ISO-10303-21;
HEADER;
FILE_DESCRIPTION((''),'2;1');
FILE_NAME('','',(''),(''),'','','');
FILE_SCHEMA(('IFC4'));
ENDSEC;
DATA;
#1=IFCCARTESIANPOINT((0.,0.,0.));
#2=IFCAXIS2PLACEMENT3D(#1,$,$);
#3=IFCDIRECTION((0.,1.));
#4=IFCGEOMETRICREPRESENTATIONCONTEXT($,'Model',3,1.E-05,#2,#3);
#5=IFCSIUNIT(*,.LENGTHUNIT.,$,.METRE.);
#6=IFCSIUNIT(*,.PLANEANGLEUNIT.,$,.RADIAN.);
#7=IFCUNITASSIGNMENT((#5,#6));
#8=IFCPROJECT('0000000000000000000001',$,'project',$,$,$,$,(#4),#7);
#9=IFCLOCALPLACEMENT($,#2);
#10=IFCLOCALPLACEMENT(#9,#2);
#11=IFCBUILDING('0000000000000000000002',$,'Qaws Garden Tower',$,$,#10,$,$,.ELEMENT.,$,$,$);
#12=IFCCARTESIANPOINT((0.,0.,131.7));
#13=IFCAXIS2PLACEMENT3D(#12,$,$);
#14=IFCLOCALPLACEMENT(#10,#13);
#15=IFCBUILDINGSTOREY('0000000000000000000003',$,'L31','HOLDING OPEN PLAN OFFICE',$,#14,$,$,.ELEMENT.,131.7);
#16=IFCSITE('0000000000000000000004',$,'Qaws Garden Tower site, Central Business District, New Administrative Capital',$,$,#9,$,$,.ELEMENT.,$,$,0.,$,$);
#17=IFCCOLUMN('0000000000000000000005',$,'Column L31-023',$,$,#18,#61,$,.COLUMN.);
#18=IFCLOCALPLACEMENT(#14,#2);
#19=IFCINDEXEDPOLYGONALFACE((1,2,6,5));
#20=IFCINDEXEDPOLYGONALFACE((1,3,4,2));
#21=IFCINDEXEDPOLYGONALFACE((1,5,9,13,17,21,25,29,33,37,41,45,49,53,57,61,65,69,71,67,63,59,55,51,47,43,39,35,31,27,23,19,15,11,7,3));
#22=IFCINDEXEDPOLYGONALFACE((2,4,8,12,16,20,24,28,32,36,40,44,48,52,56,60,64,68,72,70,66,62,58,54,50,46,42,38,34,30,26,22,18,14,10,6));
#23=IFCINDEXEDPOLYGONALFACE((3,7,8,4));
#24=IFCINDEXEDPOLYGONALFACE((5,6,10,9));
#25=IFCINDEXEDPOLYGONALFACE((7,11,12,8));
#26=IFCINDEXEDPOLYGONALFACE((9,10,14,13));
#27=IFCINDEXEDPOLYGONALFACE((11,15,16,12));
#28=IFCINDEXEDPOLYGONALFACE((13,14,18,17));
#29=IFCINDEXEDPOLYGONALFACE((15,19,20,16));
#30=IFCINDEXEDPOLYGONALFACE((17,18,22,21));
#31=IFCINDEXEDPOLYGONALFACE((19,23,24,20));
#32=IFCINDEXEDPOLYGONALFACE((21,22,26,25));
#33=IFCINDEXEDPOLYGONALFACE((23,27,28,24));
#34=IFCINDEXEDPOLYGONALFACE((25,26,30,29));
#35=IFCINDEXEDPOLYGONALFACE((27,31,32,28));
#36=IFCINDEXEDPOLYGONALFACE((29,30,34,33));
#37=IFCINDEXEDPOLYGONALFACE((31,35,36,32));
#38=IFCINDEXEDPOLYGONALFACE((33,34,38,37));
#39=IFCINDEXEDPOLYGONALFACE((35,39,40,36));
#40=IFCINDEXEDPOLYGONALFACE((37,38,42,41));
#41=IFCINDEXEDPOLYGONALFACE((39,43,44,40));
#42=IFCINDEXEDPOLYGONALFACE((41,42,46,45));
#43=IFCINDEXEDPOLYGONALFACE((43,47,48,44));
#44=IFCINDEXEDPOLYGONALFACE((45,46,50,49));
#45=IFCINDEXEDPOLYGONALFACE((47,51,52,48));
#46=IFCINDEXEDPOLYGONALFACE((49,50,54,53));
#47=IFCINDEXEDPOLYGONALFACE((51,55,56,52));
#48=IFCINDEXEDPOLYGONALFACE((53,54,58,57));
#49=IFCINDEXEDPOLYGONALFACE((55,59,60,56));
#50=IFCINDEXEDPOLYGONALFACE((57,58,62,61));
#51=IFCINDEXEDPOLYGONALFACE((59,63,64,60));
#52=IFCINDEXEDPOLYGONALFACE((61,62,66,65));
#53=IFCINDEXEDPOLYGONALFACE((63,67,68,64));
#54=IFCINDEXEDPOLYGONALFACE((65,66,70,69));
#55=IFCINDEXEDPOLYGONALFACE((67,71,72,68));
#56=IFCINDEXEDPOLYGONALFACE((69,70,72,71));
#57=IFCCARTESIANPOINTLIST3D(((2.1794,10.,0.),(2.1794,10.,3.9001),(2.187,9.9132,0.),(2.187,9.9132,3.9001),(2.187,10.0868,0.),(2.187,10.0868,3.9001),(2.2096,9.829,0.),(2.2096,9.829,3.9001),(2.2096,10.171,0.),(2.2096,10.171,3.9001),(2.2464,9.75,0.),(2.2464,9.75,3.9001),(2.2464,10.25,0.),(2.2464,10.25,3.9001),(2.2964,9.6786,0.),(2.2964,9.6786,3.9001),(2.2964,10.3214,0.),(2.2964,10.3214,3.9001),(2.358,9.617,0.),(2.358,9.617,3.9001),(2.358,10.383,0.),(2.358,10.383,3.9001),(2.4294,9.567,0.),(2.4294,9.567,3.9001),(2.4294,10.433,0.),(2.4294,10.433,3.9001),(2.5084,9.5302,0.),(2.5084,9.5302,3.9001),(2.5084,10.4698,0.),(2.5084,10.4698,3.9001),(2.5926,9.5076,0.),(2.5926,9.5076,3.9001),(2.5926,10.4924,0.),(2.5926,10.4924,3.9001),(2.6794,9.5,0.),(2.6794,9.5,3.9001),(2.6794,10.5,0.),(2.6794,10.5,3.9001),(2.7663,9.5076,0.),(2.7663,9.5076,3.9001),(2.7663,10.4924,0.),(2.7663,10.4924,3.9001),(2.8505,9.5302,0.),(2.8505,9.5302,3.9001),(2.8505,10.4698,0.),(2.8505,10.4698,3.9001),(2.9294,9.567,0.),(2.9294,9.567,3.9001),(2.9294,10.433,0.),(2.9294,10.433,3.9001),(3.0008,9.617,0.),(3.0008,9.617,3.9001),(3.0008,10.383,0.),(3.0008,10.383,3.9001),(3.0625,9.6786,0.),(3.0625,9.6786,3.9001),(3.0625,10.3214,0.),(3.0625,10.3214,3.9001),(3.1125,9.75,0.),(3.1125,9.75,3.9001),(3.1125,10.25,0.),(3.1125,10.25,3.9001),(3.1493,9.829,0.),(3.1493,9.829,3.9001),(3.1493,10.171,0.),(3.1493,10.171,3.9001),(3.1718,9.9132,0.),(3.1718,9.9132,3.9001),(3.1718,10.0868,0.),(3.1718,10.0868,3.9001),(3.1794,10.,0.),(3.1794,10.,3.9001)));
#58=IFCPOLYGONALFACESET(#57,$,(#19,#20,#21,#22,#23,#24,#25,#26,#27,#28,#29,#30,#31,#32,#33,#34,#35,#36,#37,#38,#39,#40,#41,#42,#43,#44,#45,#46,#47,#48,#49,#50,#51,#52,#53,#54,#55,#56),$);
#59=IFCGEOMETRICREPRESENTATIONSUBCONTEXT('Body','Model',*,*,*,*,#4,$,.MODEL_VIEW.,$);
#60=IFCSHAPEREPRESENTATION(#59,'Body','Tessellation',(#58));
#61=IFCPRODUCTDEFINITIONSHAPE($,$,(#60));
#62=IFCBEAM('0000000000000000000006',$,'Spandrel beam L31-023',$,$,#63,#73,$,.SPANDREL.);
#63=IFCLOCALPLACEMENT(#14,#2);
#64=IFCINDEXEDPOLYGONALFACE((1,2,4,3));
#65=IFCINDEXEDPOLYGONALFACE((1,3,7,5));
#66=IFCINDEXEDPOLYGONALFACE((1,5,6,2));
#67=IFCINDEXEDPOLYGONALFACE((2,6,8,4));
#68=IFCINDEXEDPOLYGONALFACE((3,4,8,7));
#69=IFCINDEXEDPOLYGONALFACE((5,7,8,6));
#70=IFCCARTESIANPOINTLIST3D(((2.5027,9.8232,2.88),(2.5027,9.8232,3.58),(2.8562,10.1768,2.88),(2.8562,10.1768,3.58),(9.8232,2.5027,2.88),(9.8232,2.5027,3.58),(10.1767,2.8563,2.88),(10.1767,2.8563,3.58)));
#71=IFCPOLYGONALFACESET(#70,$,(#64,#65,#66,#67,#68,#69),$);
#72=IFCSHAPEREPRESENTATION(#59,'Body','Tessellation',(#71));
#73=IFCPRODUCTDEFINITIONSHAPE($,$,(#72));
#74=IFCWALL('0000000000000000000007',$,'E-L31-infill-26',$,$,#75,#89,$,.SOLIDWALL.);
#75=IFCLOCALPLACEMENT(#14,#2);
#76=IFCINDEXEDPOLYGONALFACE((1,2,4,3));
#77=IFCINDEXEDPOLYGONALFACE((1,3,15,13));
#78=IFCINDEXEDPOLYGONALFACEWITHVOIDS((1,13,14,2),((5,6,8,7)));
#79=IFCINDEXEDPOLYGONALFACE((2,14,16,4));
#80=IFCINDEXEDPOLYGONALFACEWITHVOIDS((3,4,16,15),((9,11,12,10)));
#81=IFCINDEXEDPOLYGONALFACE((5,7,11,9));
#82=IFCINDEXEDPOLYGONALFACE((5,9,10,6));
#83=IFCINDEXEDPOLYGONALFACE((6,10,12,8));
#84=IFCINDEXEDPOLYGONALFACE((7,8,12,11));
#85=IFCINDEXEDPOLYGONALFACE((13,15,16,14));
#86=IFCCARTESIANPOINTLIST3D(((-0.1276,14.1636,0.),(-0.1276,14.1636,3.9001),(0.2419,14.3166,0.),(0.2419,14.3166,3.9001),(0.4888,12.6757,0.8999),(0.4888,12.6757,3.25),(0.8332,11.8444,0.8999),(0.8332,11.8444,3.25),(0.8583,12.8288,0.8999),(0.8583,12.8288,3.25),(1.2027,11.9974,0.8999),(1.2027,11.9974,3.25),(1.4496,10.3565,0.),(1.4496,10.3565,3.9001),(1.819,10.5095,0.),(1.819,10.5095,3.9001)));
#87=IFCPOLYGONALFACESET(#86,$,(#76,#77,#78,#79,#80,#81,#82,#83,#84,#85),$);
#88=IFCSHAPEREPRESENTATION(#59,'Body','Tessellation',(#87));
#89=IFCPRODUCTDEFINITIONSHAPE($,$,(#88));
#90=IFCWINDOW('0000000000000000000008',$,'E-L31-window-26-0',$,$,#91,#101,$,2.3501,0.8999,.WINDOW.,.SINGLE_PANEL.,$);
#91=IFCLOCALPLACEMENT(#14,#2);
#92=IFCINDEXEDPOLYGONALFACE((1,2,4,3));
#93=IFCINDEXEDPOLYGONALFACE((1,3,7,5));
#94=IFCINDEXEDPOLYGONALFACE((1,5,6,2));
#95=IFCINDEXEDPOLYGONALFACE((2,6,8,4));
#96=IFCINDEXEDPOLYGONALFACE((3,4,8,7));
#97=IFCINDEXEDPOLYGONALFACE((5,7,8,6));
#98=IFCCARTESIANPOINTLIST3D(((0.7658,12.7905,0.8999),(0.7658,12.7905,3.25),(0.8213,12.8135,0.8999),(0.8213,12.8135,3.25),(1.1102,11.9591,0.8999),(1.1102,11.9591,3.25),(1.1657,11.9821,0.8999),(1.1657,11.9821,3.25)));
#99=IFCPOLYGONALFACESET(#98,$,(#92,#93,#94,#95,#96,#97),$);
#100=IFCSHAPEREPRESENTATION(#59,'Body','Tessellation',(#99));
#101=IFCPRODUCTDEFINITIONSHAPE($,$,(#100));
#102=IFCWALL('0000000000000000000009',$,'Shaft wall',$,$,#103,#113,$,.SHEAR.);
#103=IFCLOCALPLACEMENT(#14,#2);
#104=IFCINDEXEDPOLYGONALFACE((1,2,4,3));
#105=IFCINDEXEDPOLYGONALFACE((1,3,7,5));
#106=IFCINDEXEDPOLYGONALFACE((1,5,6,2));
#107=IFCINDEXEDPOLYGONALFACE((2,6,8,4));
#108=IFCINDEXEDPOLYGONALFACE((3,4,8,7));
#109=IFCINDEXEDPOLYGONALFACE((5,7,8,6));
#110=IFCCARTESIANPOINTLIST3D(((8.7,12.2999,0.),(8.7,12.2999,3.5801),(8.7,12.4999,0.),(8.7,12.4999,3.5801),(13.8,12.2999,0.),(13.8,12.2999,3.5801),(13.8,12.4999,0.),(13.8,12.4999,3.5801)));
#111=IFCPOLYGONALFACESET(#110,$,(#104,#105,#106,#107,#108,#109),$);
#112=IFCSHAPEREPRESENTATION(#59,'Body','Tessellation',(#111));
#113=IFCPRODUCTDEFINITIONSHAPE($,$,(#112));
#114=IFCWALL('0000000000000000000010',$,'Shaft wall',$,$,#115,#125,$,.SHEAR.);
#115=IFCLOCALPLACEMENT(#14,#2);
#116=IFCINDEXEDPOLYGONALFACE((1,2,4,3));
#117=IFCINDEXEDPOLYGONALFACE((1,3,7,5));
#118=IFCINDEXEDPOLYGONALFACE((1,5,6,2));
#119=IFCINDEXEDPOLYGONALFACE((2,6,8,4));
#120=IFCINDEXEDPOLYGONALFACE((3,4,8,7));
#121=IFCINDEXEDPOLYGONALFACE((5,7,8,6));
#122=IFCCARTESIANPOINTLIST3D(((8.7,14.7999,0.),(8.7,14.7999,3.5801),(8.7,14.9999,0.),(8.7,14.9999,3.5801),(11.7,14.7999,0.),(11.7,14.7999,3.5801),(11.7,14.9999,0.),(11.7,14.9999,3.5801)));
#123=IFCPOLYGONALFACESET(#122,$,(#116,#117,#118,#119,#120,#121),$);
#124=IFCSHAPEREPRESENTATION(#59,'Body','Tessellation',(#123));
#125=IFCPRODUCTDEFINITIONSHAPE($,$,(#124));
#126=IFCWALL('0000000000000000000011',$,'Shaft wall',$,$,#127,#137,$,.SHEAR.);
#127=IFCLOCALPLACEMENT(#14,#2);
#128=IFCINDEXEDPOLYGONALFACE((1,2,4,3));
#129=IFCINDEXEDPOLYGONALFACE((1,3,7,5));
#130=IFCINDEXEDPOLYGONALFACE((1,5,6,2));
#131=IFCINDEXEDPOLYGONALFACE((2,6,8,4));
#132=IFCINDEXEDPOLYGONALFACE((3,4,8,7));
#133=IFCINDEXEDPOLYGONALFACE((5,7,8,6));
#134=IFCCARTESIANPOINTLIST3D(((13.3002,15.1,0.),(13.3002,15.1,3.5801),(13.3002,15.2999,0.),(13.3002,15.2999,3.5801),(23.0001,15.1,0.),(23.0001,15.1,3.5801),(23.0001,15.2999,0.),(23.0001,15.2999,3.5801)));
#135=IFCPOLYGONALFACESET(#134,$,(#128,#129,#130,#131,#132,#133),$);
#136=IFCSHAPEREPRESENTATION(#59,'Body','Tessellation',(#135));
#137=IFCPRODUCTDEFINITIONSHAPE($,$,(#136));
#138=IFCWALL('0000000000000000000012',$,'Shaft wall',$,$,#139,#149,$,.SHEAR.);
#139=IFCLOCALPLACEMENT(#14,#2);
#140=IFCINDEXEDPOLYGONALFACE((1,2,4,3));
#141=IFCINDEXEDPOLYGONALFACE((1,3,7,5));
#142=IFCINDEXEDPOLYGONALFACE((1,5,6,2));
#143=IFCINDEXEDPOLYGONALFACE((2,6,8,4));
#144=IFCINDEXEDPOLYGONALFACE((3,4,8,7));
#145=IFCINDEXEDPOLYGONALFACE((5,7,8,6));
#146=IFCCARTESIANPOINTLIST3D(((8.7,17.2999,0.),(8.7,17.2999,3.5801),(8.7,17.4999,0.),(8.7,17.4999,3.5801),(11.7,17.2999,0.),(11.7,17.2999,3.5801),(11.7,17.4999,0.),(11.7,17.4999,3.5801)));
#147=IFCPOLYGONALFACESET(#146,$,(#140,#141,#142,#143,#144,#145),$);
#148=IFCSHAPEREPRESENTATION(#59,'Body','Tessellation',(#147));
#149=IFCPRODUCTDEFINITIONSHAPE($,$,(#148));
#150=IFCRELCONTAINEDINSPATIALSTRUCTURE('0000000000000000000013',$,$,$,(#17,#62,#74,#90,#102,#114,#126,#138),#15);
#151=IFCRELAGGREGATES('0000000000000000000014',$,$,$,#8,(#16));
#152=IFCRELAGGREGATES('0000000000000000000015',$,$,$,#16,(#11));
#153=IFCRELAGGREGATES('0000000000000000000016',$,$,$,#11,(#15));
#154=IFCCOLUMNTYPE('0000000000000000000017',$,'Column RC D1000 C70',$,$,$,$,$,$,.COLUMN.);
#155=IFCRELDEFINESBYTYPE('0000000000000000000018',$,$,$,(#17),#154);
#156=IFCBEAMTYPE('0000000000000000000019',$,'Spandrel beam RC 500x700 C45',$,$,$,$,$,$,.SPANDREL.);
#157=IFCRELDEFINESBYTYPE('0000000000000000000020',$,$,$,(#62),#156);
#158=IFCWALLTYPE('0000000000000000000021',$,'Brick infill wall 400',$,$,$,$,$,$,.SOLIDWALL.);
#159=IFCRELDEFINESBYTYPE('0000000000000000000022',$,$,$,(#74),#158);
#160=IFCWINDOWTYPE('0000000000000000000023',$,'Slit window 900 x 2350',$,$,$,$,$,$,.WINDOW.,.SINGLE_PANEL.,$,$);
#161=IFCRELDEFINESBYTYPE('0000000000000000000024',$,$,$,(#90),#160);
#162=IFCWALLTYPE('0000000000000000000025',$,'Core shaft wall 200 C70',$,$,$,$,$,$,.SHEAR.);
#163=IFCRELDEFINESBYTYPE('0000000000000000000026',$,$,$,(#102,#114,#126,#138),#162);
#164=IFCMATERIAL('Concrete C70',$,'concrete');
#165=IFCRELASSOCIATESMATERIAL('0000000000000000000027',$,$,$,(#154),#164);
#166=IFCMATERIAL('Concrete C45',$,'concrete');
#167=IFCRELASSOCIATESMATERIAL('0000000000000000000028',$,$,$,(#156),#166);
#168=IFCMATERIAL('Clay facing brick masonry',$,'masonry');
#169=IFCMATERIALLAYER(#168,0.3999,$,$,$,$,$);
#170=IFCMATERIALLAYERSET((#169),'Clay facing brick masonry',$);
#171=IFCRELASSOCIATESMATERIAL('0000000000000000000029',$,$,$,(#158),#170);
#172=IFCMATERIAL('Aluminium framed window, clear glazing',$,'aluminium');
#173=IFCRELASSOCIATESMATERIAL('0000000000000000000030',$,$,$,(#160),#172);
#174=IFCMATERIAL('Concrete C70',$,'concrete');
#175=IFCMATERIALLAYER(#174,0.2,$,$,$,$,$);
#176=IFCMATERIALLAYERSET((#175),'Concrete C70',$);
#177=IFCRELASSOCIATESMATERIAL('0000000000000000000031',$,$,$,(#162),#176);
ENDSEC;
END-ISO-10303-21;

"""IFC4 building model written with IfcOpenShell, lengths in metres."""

from ifc_helpers import new_model, si_unit, direction, frame, frame_2d, origin, origin_2d, place, context, subcontext, project, spatial, rectangle, circle, extrude, material, layer, layer_set, material_profile, profile_set, type_object, element, fill, save


model = new_model("IFC4")

# Units and contexts
model_context = context("Model", 3, precision=1e-05, world=origin(), true_north=direction((0.0, 1.0)))
body_context = subcontext(model_context, "Body", "Model", "MODEL_VIEW")
ifc_project = project(units=[si_unit("LENGTHUNIT", "METRE"), si_unit("PLANEANGLEUNIT", "RADIAN")], contexts=[model_context])

# Site, building, storey
site_placement = place(None, origin())
site = spatial("IfcSite", under=ifc_project, at=site_placement, Name="Qaws Garden Tower site, Central Business District, New Administrative Capital", CompositionType="ELEMENT", RefElevation=0.0)
building_placement = place(site_placement, origin())
building = spatial("IfcBuilding", under=site, at=building_placement, Name="Qaws Garden Tower", CompositionType="ELEMENT")
storey_placement = place(building_placement, frame((0.0, 0.0, 131.7)))
storey = spatial("IfcBuildingStorey", under=building, at=storey_placement, Name="L31", Description="HOLDING OPEN PLAN OFFICE", CompositionType="ELEMENT", Elevation=131.7)

# Column
ifc_material_1 = material(Name="Concrete C70", Category="concrete")
ifc_material_profile_1 = material_profile(ifc_material_1, circle(Radius=0.5, at=origin_2d()), Name="RC D1000")
ifc_profile_set_1 = profile_set([ifc_material_profile_1], Name="Concrete C70")
column_type = type_object("IfcColumnType", Name="Column RC D1000 C70", PredefinedType="COLUMN", material=ifc_profile_set_1)
column_placement = place(storey_placement, frame((2.6794, 10.0, 0.0), z_axis=(0.0, 0.0, 1.0), x_axis=(1.0, 0.0, 0.0)))
element("IfcColumn", 1, at=column_placement, inside=storey, type_object=column_type, Name="Column L31-023", PredefinedType="COLUMN", context=body_context, shape_type="SweptSolid", body=[
    extrude(circle(Radius=0.5, at=origin_2d()), origin(), (0.0, 0.0, 1.0), 3.9001),
])

# Beam
ifc_material_2 = material(Name="Concrete C45", Category="concrete")
ifc_material_profile_2 = material_profile(ifc_material_2, rectangle(XDim=0.5, YDim=0.7, at=origin_2d()), Name="RC 500x700")
ifc_profile_set_2 = profile_set([ifc_material_profile_2], Name="Concrete C45")
beam_type = type_object("IfcBeamType", Name="Spandrel beam RC 500x700 C45", PredefinedType="SPANDREL", material=ifc_profile_set_2)
beam_placement = place(storey_placement, frame((2.6794, 10.0, 3.23), z_axis=(0.707107, -0.707107, 0.0), x_axis=(0.707107, 0.707107, 0.0)))
element("IfcBeam", 2, at=beam_placement, inside=storey, type_object=beam_type, Name="Spandrel beam L31-023", PredefinedType="SPANDREL", context=body_context, shape_type="SweptSolid", body=[
    extrude(rectangle(XDim=0.5, YDim=0.7, at=origin_2d()), origin(), (0.0, 0.0, 1.0), 10.3528),
])

# Wall, opening, window
ifc_material_3 = material(Name="Clay facing brick masonry", Category="masonry")
ifc_layer_1 = layer(ifc_material_3, 0.3999)
ifc_layer_set_1 = layer_set([ifc_layer_1], Name="Clay facing brick masonry")
wall_type_1 = type_object("IfcWallType", Name="Brick infill wall 400", PredefinedType="SOLIDWALL", material=ifc_layer_set_1)
wall_1_placement = place(storey_placement, frame((0.0571, 14.2402, 0.0), z_axis=(0.0, 0.0, 1.0), x_axis=(0.382722, -0.923864, 0.0)))
wall_1 = element("IfcWall", 3, at=wall_1_placement, inside=storey, type_object=wall_type_1, Name="E-L31-infill-26", PredefinedType="SOLIDWALL", context=body_context, shape_type="SweptSolid", body=[
    extrude(rectangle(XDim=4.1208, YDim=0.3999, at=frame_2d((2.0605, 0.0))), origin(), (0.0, 0.0, 1.0), 3.9001),
])
opening_1_placement = place(wall_1_placement, frame((1.6106, 0.0, 0.8999)))
opening_1 = element("IfcOpeningElement", 4, at=opening_1_placement, cuts=wall_1, PredefinedType="OPENING", context=body_context, shape_type="SweptSolid", body=[
    extrude(rectangle(XDim=0.8999, YDim=2.3501, at=frame_2d((0.45, 1.175))), frame((0.0, 0.21, 0.0), z_axis=(0.0, -1.0, 0.0), x_axis=(1.0, 0.0, 0.0)), (0.0, 0.0, 1.0), 0.4199),
])
ifc_material_4 = material(Name="Aluminium framed window, clear glazing", Category="aluminium")
window_type = type_object("IfcWindowType", Name="Slit window 900 x 2350", PartitioningType="SINGLE_PANEL", PredefinedType="WINDOW", material=ifc_material_4)
window_placement = place(opening_1_placement, origin())
window = element("IfcWindow", 5, at=window_placement, inside=storey, type_object=window_type, Name="E-L31-window-26-0", OverallHeight=2.3501, OverallWidth=0.8999, PartitioningType="SINGLE_PANEL", PredefinedType="WINDOW", context=body_context, shape_type="SweptSolid", body=[
    extrude(rectangle(XDim=0.8999, YDim=2.3501, at=frame_2d((0.45, 1.175))), frame((0.0, 0.1599, 0.0), z_axis=(0.0, -1.0, 0.0), x_axis=(1.0, 0.0, 0.0)), (0.0, 0.0, 1.0), 0.0601),
])
fill(opening_1, window)

# Walls
ifc_material_5 = material(Name="Concrete C70", Category="concrete")
ifc_layer_2 = layer(ifc_material_5, 0.2)
ifc_layer_set_2 = layer_set([ifc_layer_2], Name="Concrete C70")
wall_type_2 = type_object("IfcWallType", Name="Core shaft wall 200 C70", PredefinedType="SHEAR", material=ifc_layer_set_2)
wall_2_placement = place(storey_placement, frame((8.7, 12.3999, 0.0), z_axis=(0.0, 0.0, 1.0), x_axis=(1.0, 0.0, 0.0)))
element("IfcWall", 6, at=wall_2_placement, inside=storey, type_object=wall_type_2, Name="Shaft wall", PredefinedType="SHEAR", context=body_context, shape_type="SweptSolid", body=[
    extrude(rectangle(XDim=5.1001, YDim=0.2, at=frame_2d((2.55, 0.0))), origin(), (0.0, 0.0, 1.0), 3.5801),
])
wall_3_placement = place(storey_placement, frame((8.7, 14.8999, 0.0), z_axis=(0.0, 0.0, 1.0), x_axis=(1.0, 0.0, 0.0)))
element("IfcWall", 7, at=wall_3_placement, inside=storey, type_object=wall_type_2, Name="Shaft wall", PredefinedType="SHEAR", context=body_context, shape_type="SweptSolid", body=[
    extrude(rectangle(XDim=3.0, YDim=0.2, at=frame_2d((1.5, 0.0))), origin(), (0.0, 0.0, 1.0), 3.5801),
])
wall_4_placement = place(storey_placement, frame((13.3, 15.2, 0.0), z_axis=(0.0, 0.0, 1.0), x_axis=(1.0, 0.0, 0.0)))
element("IfcWall", 8, at=wall_4_placement, inside=storey, type_object=wall_type_2, Name="Shaft wall", PredefinedType="SHEAR", context=body_context, shape_type="SweptSolid", body=[
    extrude(rectangle(XDim=9.7, YDim=0.2, at=frame_2d((4.8501, 0.0))), origin(), (0.0, 0.0, 1.0), 3.5801),
])
wall_5_placement = place(storey_placement, frame((8.7, 17.3999, 0.0), z_axis=(0.0, 0.0, 1.0), x_axis=(1.0, 0.0, 0.0)))
element("IfcWall", 9, at=wall_5_placement, inside=storey, type_object=wall_type_2, Name="Shaft wall", PredefinedType="SHEAR", context=body_context, shape_type="SweptSolid", body=[
    extrude(rectangle(XDim=3.0, YDim=0.2, at=frame_2d((1.5, 0.0))), origin(), (0.0, 0.0, 1.0), 3.5801),
])

save(model, "model.ifc")
